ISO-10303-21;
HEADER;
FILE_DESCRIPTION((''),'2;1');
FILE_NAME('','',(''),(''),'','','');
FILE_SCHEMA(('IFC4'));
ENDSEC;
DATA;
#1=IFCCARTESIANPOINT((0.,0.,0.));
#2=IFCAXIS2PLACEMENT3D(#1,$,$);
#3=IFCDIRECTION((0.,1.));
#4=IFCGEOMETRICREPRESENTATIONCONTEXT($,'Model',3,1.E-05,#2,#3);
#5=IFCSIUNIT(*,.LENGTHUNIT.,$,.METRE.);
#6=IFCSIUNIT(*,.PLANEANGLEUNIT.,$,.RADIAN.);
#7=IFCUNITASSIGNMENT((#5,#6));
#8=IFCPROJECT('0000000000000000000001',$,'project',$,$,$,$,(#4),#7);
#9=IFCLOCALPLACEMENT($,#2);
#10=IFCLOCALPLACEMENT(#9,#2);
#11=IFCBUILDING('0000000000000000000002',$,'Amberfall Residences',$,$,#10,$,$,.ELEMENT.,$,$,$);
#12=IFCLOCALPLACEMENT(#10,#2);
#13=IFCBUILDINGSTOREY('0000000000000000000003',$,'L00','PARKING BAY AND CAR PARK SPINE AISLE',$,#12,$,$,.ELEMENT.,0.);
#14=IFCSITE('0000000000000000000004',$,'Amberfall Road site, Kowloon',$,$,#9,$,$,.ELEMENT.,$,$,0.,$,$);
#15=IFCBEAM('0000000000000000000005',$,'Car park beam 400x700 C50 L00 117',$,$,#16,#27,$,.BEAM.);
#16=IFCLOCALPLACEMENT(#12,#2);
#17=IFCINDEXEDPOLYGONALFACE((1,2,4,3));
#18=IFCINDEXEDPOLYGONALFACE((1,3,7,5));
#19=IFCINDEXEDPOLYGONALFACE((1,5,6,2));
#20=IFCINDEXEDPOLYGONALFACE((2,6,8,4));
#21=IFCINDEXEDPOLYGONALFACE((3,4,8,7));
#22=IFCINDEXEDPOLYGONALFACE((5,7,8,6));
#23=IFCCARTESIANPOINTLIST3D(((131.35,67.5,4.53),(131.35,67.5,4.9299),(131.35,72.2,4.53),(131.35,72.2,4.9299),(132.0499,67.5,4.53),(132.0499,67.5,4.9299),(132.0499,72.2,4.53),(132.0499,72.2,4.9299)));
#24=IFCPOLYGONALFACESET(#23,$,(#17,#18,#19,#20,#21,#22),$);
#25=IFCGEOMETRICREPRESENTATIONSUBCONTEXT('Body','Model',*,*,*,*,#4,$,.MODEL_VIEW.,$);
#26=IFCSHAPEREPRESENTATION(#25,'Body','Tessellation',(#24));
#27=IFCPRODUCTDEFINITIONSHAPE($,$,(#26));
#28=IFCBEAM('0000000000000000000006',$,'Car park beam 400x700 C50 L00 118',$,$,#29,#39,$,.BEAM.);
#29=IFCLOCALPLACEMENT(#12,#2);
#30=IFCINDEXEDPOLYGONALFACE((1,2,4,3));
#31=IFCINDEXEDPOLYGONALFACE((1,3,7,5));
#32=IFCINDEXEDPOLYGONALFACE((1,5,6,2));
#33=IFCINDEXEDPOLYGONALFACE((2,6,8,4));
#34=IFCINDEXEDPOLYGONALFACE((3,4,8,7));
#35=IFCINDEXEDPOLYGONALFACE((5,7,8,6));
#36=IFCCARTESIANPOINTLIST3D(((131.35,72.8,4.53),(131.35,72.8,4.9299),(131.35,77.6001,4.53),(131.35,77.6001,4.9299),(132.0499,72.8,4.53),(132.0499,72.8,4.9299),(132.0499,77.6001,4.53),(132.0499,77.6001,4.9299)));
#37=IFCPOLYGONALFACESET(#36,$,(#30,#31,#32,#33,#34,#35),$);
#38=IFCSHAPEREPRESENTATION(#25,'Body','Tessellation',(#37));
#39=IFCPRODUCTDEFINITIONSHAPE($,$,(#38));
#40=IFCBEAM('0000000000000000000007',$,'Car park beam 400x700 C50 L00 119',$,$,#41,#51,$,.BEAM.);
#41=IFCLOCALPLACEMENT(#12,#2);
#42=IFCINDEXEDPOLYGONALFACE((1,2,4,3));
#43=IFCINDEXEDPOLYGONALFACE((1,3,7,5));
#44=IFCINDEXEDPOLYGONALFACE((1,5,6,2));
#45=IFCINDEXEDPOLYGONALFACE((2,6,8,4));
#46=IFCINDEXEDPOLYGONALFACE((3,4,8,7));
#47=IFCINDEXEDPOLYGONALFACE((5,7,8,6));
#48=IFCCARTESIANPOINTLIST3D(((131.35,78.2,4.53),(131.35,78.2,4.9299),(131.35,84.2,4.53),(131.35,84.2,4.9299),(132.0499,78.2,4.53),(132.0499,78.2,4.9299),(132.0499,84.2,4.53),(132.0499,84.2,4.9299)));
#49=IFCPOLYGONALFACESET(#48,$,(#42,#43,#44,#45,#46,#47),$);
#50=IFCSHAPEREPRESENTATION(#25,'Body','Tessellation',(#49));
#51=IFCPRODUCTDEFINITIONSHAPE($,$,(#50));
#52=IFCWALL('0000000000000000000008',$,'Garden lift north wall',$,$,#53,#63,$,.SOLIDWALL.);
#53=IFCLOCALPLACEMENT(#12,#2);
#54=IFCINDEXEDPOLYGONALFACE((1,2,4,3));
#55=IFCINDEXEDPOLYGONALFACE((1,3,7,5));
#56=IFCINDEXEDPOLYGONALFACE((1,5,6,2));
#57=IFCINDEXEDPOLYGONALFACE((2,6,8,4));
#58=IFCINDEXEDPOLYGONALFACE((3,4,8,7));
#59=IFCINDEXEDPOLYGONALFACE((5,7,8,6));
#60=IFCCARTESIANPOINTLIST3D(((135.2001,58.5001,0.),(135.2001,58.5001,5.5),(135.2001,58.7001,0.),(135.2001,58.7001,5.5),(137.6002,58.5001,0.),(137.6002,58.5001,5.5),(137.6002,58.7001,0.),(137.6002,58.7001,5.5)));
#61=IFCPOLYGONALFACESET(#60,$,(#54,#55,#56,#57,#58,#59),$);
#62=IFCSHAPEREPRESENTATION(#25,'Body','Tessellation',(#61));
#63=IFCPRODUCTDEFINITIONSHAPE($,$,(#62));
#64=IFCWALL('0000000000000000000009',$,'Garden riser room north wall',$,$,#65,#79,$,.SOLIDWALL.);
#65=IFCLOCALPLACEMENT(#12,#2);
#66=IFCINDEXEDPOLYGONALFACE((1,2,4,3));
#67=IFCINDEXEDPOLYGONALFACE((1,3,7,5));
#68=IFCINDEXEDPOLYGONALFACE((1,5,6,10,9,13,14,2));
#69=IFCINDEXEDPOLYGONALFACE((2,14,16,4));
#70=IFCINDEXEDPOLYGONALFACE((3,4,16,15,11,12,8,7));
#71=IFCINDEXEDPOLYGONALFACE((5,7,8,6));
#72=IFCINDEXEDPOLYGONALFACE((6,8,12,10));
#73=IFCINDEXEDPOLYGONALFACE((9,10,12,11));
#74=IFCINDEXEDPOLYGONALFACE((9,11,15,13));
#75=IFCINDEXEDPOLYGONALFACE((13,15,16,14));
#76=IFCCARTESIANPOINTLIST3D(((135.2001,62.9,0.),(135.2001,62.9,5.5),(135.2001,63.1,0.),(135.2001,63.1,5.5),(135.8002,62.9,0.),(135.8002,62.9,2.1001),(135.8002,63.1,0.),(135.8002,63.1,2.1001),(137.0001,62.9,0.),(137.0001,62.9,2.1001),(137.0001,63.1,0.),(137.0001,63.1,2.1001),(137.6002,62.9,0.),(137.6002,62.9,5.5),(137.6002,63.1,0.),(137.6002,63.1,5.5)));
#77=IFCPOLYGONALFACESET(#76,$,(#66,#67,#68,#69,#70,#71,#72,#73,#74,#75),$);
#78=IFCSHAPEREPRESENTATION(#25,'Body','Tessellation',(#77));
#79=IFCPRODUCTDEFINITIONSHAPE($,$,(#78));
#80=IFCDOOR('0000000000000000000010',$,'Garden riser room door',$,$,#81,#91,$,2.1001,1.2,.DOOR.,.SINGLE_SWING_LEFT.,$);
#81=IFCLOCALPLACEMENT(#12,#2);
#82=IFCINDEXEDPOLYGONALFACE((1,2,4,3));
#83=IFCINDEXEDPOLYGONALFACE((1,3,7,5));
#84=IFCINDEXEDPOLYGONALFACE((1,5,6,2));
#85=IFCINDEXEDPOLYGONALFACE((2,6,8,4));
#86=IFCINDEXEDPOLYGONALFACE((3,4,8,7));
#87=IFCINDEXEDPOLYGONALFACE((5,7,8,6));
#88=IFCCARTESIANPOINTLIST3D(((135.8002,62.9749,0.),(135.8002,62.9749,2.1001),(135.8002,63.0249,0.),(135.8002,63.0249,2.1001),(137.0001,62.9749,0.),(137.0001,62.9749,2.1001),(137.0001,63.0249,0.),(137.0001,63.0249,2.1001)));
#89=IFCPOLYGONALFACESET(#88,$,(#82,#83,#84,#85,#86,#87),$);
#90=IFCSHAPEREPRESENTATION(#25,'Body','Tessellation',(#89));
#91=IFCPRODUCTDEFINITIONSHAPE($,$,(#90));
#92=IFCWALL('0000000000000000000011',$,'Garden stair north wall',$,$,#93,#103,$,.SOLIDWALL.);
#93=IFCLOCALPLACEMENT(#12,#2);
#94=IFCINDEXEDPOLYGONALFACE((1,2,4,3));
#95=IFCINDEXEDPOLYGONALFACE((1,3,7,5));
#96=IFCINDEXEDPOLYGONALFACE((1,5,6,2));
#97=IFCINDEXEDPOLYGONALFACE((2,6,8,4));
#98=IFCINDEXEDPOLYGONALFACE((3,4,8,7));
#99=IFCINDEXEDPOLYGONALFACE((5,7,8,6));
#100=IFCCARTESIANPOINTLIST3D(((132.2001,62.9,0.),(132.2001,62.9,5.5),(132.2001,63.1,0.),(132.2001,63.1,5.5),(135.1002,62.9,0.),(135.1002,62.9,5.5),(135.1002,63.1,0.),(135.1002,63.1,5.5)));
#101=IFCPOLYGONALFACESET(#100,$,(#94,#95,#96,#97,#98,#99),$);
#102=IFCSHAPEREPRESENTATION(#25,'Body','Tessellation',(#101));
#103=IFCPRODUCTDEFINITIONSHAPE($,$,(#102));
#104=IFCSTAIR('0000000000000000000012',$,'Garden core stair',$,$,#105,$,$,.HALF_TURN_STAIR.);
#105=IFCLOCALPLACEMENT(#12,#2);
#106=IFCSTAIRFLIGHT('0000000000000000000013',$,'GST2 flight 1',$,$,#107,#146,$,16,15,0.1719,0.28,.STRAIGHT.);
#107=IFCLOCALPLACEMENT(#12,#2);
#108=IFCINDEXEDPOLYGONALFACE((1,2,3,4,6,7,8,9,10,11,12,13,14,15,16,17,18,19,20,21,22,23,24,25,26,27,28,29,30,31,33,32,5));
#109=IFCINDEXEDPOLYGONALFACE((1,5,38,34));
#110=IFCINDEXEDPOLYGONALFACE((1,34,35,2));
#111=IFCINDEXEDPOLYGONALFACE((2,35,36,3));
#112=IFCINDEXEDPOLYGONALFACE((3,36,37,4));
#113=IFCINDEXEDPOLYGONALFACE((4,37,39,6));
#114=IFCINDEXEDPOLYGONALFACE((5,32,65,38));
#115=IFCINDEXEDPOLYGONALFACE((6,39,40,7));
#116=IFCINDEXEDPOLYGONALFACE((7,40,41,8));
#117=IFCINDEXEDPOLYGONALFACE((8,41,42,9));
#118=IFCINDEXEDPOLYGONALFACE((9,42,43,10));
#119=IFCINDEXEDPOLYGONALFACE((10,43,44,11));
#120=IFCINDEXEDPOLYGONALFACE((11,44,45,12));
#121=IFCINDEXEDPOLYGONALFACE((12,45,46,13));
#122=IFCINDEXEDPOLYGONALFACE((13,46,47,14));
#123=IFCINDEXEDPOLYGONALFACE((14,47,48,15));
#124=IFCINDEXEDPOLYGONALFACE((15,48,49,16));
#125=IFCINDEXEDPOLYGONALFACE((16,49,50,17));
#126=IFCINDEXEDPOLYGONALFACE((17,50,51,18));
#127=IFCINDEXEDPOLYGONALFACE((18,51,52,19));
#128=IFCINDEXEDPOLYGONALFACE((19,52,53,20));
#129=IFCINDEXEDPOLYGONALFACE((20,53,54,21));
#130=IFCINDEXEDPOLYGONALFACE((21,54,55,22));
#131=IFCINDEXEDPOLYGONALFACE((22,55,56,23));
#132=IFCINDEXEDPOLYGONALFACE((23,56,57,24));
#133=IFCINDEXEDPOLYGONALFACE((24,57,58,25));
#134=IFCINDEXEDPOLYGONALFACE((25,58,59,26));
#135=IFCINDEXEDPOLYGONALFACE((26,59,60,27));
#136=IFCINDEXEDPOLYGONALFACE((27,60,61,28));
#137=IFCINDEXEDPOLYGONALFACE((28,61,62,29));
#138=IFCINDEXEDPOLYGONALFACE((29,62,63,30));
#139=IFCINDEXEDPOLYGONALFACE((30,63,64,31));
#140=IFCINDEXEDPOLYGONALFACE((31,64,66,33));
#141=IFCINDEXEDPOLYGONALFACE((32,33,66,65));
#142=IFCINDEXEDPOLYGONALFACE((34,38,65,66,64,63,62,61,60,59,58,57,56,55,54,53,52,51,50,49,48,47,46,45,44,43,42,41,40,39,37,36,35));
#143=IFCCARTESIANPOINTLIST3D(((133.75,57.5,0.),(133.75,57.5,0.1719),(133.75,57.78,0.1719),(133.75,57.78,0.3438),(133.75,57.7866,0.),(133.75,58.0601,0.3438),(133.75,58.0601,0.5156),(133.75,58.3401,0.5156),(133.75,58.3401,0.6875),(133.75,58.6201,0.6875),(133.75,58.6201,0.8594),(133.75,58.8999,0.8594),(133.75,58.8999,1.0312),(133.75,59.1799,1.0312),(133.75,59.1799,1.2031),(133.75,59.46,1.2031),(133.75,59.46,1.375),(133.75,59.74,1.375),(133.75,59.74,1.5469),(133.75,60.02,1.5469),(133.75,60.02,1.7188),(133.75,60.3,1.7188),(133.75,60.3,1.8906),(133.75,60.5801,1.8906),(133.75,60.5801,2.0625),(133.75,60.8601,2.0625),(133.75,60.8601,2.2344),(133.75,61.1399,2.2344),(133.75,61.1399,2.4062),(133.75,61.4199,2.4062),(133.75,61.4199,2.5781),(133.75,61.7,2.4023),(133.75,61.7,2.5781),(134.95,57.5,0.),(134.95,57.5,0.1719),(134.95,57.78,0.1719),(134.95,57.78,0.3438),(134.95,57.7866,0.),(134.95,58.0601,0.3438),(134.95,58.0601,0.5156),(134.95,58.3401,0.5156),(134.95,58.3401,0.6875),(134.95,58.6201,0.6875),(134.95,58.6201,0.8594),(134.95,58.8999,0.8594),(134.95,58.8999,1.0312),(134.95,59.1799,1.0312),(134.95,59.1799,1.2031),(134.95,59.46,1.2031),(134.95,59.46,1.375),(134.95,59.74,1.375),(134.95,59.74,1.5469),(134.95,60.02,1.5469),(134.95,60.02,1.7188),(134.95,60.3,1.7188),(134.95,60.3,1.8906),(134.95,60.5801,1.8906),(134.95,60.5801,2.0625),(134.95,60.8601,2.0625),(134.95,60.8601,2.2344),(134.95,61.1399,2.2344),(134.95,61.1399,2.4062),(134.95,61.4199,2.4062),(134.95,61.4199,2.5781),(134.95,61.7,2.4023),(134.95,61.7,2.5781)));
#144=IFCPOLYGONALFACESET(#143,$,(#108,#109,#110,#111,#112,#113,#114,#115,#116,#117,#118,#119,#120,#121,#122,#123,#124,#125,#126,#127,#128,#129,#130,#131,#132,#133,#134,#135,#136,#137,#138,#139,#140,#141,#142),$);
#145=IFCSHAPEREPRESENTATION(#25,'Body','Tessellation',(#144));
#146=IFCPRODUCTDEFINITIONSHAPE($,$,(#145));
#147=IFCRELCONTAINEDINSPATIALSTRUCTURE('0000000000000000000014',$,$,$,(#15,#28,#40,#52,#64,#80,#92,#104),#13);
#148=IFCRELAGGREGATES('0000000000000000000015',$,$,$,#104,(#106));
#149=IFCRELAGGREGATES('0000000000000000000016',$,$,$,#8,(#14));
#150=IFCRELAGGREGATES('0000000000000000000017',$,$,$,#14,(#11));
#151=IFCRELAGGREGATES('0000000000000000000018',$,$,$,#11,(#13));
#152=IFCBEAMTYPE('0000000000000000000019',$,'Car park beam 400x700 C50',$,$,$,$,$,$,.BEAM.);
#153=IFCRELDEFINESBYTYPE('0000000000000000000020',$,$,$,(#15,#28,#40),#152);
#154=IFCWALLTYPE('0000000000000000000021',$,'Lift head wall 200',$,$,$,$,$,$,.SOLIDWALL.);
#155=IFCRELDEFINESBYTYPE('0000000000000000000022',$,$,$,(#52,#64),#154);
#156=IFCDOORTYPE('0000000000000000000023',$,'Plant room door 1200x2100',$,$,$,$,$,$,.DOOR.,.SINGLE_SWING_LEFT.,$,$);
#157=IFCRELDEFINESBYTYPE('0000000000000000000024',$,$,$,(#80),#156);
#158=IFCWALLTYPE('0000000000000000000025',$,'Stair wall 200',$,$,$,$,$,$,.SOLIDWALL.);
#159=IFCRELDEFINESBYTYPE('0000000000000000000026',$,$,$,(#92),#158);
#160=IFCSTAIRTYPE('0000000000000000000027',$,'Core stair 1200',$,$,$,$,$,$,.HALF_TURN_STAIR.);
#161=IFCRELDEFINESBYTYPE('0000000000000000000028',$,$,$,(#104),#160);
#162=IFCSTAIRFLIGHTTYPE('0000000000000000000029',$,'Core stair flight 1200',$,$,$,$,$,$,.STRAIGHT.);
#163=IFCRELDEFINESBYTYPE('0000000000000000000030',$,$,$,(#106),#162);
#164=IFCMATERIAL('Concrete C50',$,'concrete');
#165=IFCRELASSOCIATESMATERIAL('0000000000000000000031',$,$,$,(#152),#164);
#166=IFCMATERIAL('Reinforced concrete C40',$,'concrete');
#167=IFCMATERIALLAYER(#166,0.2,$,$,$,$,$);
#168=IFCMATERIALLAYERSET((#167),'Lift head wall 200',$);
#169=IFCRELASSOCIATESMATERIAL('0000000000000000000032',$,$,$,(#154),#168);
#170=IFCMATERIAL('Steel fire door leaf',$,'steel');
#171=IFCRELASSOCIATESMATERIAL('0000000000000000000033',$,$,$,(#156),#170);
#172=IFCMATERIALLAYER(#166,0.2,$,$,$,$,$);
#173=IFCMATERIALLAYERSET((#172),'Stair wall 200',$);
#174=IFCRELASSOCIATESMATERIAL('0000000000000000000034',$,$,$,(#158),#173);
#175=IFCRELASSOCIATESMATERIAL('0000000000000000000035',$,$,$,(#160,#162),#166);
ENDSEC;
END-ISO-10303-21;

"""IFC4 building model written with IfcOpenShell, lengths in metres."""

from ifc_helpers import new_model, si_unit, direction, frame, frame_2d, origin, origin_2d, place, context, subcontext, project, spatial, polyline, rectangle, outline, extrude, material, layer, layer_set, material_profile, profile_set, type_object, element, fill, aggregate, save


model = new_model("IFC4")

# Units and contexts
model_context = context("Model", 3, precision=1e-05, world=origin(), true_north=direction((0.0, 1.0)))
body_context = subcontext(model_context, "Body", "Model", "MODEL_VIEW")
ifc_project = project(units=[si_unit("LENGTHUNIT", "METRE"), si_unit("PLANEANGLEUNIT", "RADIAN")], contexts=[model_context])

# Site, building, storey
site_placement = place(None, origin())
site = spatial("IfcSite", under=ifc_project, at=site_placement, Name="Amberfall Road site, Kowloon", CompositionType="ELEMENT", RefElevation=0.0)
building_placement = place(site_placement, origin())
building = spatial("IfcBuilding", under=site, at=building_placement, Name="Amberfall Residences", CompositionType="ELEMENT")
storey_placement = place(building_placement, origin())
storey = spatial("IfcBuildingStorey", under=building, at=storey_placement, Name="L00", Description="PARKING BAY AND CAR PARK SPINE AISLE", CompositionType="ELEMENT", Elevation=0.0)

# Shared definitions
ifc_material_1 = material(Name="Concrete C50", Category="concrete")

# Beams
ifc_material_profile_1 = material_profile(ifc_material_1, rectangle(XDim=0.3999, YDim=0.7, at=origin_2d()), Name="RC 400x700")
ifc_profile_set_1 = profile_set([ifc_material_profile_1], Name="Concrete C50")
beam_type = type_object("IfcBeamType", Name="Car park beam 400x700 C50", PredefinedType="BEAM", material=ifc_profile_set_1)
for number, where, z_axis, x_axis, name in (
    (1, (131.7, 67.5, 4.73), (0.0, 1.0, 0.0), (0.0, 0.0, 1.0), "Car park beam 400x700 C50 L00 117"),
):
    element("IfcBeam", number, at=place(storey_placement, frame(where, z_axis=z_axis, x_axis=x_axis)), inside=storey, type_object=beam_type, Name=name, PredefinedType="BEAM", context=body_context, shape_type="SweptSolid", body=[
        extrude(rectangle(XDim=0.3999, YDim=0.7, at=origin_2d()), origin(), (0.0, 0.0, 1.0), 4.7),
    ])
beam_1_placement = place(storey_placement, frame((131.7, 72.8, 4.73), z_axis=(0.0, 1.0, 0.0), x_axis=(0.0, 0.0, 1.0)))
element("IfcBeam", 2, at=beam_1_placement, inside=storey, type_object=beam_type, Name="Car park beam 400x700 C50 L00 118", PredefinedType="BEAM", context=body_context, shape_type="SweptSolid", body=[
    extrude(rectangle(XDim=0.3999, YDim=0.7, at=origin_2d()), origin(), (0.0, 0.0, 1.0), 4.8),
])
beam_2_placement = place(storey_placement, frame((131.7, 78.2, 4.73), z_axis=(0.0, 1.0, 0.0), x_axis=(0.0, 0.0, 1.0)))
element("IfcBeam", 3, at=beam_2_placement, inside=storey, type_object=beam_type, Name="Car park beam 400x700 C50 L00 119", PredefinedType="BEAM", context=body_context, shape_type="SweptSolid", body=[
    extrude(rectangle(XDim=0.3999, YDim=0.7, at=origin_2d()), origin(), (0.0, 0.0, 1.0), 6.0),
])

# Wall
ifc_material_2 = material(Name="Reinforced concrete C40", Category="concrete")
ifc_layer_1 = layer(ifc_material_2, 0.2)
ifc_layer_set_1 = layer_set([ifc_layer_1], Name="Lift head wall 200")
wall_type_1 = type_object("IfcWallType", Name="Lift head wall 200", PredefinedType="SOLIDWALL", material=ifc_layer_set_1)
wall_1_placement = place(storey_placement, frame((135.2, 58.6001, 0.0), z_axis=(0.0, 0.0, 1.0), x_axis=(1.0, 0.0, 0.0)))
element("IfcWall", 4, at=wall_1_placement, inside=storey, type_object=wall_type_1, Name="Garden lift north wall", PredefinedType="SOLIDWALL", context=body_context, shape_type="SweptSolid", body=[
    extrude(rectangle(XDim=2.4001, YDim=0.2, at=frame_2d((1.2002, 0.0))), origin(), (0.0, 0.0, 1.0), 5.5),
])

# Wall, opening, door
wall_2_placement = place(storey_placement, frame((135.2, 63.0, 0.0), z_axis=(0.0, 0.0, 1.0), x_axis=(1.0, 0.0, 0.0)))
wall_2 = element("IfcWall", 5, at=wall_2_placement, inside=storey, type_object=wall_type_1, Name="Garden riser room north wall", PredefinedType="SOLIDWALL", context=body_context, shape_type="SweptSolid", body=[
    extrude(rectangle(XDim=2.4001, YDim=0.2, at=frame_2d((1.2002, 0.0))), origin(), (0.0, 0.0, 1.0), 5.5),
])
opening_placement = place(wall_2_placement, frame((0.6001, 0.0, 0.0)))
opening = element("IfcOpeningElement", 6, at=opening_placement, cuts=wall_2, PredefinedType="OPENING", context=body_context, shape_type="SweptSolid", body=[
    extrude(rectangle(XDim=1.2, YDim=2.1001, at=frame_2d((0.6001, 1.05))), frame((0.0, 0.1099, 0.0), z_axis=(0.0, -1.0, 0.0), x_axis=(1.0, 0.0, 0.0)), (0.0, 0.0, 1.0), 0.22),
])
ifc_material_3 = material(Name="Steel fire door leaf", Category="steel")
door_type = type_object("IfcDoorType", Name="Plant room door 1200x2100", OperationType="SINGLE_SWING_LEFT", PredefinedType="DOOR", material=ifc_material_3)
door_placement = place(opening_placement, origin())
door = element("IfcDoor", 7, at=door_placement, inside=storey, type_object=door_type, Name="Garden riser room door", OperationType="SINGLE_SWING_LEFT", OverallHeight=2.1001, OverallWidth=1.2, PredefinedType="DOOR", context=body_context, shape_type="SweptSolid", body=[
    extrude(rectangle(XDim=1.2, YDim=2.1001, at=frame_2d((0.6001, 1.05))), frame((0.0, 0.0249, 0.0), z_axis=(0.0, -1.0, 0.0), x_axis=(1.0, 0.0, 0.0)), (0.0, 0.0, 1.0), 0.05),
])
fill(opening, door)

# Wall
ifc_layer_2 = layer(ifc_material_2, 0.2)
ifc_layer_set_2 = layer_set([ifc_layer_2], Name="Stair wall 200")
wall_type_2 = type_object("IfcWallType", Name="Stair wall 200", PredefinedType="SOLIDWALL", material=ifc_layer_set_2)
wall_3_placement = place(storey_placement, frame((132.2, 63.0, 0.0), z_axis=(0.0, 0.0, 1.0), x_axis=(1.0, 0.0, 0.0)))
element("IfcWall", 8, at=wall_3_placement, inside=storey, type_object=wall_type_2, Name="Garden stair north wall", PredefinedType="SOLIDWALL", context=body_context, shape_type="SweptSolid", body=[
    extrude(rectangle(XDim=2.9001, YDim=0.2, at=frame_2d((1.4502, 0.0))), origin(), (0.0, 0.0, 1.0), 5.5),
])

# Stair, stair flight
stair_type = type_object("IfcStairType", Name="Core stair 1200", PredefinedType="HALF_TURN_STAIR", material=ifc_material_2)
stair_placement = place(storey_placement, origin())
stair = element("IfcStair", 9, at=stair_placement, inside=storey, type_object=stair_type, Name="Garden core stair", PredefinedType="HALF_TURN_STAIR")
stair_flight_type = type_object("IfcStairFlightType", Name="Core stair flight 1200", PredefinedType="STRAIGHT", material=ifc_material_2)
stair_flight_1_placement = place(storey_placement, frame((134.3501, 57.5, 0.0), z_axis=(0.0, 0.0, 1.0), x_axis=(0.0, 1.0, 0.0)))
stair_flight_1 = element("IfcStairFlight", 10, at=stair_flight_1_placement, type_object=stair_flight_type, Name="GST2 flight 1", NumberOfRisers=16, NumberOfTreads=15, PredefinedType="STRAIGHT", RiserHeight=0.1719, TreadLength=0.28, context=body_context, shape_type="SweptSolid", body=[
    extrude(outline(polyline([(0.0, 0.0), (0.0, 0.1719), (0.28, 0.1719), (0.28, 0.3438), (0.5601, 0.3438), (0.5601, 0.5156), (0.8401, 0.5156), (0.8401, 0.6875), (1.1201, 0.6875), (1.1201, 0.8594), (1.3999, 0.8594), (1.3999, 1.0312), (1.6799, 1.0312), (1.6799, 1.2031), (1.96, 1.2031), (1.96, 1.375), (2.24, 1.375), (2.24, 1.5469), (2.52, 1.5469), (2.52, 1.7188), (2.8, 1.7188), (2.8, 1.8906), (3.0801, 1.8906), (3.0801, 2.0625), (3.3601, 2.0625), (3.3601, 2.2344), (3.6399, 2.2344), (3.6399, 2.4062), (3.9199, 2.4062), (3.9199, 2.5781), (4.2, 2.5781), (4.2, 2.75), (4.2, 2.4023), (0.2866, 0.0), (0.0, 0.0)])), frame((0.0, 0.6001, 0.0), z_axis=(0.0, -1.0, 0.0), x_axis=(1.0, 0.0, 0.0)), (0.0, 0.0, 1.0), 1.2),
])
aggregate(stair, [stair_flight_1])

save(model, "model.ifc")
